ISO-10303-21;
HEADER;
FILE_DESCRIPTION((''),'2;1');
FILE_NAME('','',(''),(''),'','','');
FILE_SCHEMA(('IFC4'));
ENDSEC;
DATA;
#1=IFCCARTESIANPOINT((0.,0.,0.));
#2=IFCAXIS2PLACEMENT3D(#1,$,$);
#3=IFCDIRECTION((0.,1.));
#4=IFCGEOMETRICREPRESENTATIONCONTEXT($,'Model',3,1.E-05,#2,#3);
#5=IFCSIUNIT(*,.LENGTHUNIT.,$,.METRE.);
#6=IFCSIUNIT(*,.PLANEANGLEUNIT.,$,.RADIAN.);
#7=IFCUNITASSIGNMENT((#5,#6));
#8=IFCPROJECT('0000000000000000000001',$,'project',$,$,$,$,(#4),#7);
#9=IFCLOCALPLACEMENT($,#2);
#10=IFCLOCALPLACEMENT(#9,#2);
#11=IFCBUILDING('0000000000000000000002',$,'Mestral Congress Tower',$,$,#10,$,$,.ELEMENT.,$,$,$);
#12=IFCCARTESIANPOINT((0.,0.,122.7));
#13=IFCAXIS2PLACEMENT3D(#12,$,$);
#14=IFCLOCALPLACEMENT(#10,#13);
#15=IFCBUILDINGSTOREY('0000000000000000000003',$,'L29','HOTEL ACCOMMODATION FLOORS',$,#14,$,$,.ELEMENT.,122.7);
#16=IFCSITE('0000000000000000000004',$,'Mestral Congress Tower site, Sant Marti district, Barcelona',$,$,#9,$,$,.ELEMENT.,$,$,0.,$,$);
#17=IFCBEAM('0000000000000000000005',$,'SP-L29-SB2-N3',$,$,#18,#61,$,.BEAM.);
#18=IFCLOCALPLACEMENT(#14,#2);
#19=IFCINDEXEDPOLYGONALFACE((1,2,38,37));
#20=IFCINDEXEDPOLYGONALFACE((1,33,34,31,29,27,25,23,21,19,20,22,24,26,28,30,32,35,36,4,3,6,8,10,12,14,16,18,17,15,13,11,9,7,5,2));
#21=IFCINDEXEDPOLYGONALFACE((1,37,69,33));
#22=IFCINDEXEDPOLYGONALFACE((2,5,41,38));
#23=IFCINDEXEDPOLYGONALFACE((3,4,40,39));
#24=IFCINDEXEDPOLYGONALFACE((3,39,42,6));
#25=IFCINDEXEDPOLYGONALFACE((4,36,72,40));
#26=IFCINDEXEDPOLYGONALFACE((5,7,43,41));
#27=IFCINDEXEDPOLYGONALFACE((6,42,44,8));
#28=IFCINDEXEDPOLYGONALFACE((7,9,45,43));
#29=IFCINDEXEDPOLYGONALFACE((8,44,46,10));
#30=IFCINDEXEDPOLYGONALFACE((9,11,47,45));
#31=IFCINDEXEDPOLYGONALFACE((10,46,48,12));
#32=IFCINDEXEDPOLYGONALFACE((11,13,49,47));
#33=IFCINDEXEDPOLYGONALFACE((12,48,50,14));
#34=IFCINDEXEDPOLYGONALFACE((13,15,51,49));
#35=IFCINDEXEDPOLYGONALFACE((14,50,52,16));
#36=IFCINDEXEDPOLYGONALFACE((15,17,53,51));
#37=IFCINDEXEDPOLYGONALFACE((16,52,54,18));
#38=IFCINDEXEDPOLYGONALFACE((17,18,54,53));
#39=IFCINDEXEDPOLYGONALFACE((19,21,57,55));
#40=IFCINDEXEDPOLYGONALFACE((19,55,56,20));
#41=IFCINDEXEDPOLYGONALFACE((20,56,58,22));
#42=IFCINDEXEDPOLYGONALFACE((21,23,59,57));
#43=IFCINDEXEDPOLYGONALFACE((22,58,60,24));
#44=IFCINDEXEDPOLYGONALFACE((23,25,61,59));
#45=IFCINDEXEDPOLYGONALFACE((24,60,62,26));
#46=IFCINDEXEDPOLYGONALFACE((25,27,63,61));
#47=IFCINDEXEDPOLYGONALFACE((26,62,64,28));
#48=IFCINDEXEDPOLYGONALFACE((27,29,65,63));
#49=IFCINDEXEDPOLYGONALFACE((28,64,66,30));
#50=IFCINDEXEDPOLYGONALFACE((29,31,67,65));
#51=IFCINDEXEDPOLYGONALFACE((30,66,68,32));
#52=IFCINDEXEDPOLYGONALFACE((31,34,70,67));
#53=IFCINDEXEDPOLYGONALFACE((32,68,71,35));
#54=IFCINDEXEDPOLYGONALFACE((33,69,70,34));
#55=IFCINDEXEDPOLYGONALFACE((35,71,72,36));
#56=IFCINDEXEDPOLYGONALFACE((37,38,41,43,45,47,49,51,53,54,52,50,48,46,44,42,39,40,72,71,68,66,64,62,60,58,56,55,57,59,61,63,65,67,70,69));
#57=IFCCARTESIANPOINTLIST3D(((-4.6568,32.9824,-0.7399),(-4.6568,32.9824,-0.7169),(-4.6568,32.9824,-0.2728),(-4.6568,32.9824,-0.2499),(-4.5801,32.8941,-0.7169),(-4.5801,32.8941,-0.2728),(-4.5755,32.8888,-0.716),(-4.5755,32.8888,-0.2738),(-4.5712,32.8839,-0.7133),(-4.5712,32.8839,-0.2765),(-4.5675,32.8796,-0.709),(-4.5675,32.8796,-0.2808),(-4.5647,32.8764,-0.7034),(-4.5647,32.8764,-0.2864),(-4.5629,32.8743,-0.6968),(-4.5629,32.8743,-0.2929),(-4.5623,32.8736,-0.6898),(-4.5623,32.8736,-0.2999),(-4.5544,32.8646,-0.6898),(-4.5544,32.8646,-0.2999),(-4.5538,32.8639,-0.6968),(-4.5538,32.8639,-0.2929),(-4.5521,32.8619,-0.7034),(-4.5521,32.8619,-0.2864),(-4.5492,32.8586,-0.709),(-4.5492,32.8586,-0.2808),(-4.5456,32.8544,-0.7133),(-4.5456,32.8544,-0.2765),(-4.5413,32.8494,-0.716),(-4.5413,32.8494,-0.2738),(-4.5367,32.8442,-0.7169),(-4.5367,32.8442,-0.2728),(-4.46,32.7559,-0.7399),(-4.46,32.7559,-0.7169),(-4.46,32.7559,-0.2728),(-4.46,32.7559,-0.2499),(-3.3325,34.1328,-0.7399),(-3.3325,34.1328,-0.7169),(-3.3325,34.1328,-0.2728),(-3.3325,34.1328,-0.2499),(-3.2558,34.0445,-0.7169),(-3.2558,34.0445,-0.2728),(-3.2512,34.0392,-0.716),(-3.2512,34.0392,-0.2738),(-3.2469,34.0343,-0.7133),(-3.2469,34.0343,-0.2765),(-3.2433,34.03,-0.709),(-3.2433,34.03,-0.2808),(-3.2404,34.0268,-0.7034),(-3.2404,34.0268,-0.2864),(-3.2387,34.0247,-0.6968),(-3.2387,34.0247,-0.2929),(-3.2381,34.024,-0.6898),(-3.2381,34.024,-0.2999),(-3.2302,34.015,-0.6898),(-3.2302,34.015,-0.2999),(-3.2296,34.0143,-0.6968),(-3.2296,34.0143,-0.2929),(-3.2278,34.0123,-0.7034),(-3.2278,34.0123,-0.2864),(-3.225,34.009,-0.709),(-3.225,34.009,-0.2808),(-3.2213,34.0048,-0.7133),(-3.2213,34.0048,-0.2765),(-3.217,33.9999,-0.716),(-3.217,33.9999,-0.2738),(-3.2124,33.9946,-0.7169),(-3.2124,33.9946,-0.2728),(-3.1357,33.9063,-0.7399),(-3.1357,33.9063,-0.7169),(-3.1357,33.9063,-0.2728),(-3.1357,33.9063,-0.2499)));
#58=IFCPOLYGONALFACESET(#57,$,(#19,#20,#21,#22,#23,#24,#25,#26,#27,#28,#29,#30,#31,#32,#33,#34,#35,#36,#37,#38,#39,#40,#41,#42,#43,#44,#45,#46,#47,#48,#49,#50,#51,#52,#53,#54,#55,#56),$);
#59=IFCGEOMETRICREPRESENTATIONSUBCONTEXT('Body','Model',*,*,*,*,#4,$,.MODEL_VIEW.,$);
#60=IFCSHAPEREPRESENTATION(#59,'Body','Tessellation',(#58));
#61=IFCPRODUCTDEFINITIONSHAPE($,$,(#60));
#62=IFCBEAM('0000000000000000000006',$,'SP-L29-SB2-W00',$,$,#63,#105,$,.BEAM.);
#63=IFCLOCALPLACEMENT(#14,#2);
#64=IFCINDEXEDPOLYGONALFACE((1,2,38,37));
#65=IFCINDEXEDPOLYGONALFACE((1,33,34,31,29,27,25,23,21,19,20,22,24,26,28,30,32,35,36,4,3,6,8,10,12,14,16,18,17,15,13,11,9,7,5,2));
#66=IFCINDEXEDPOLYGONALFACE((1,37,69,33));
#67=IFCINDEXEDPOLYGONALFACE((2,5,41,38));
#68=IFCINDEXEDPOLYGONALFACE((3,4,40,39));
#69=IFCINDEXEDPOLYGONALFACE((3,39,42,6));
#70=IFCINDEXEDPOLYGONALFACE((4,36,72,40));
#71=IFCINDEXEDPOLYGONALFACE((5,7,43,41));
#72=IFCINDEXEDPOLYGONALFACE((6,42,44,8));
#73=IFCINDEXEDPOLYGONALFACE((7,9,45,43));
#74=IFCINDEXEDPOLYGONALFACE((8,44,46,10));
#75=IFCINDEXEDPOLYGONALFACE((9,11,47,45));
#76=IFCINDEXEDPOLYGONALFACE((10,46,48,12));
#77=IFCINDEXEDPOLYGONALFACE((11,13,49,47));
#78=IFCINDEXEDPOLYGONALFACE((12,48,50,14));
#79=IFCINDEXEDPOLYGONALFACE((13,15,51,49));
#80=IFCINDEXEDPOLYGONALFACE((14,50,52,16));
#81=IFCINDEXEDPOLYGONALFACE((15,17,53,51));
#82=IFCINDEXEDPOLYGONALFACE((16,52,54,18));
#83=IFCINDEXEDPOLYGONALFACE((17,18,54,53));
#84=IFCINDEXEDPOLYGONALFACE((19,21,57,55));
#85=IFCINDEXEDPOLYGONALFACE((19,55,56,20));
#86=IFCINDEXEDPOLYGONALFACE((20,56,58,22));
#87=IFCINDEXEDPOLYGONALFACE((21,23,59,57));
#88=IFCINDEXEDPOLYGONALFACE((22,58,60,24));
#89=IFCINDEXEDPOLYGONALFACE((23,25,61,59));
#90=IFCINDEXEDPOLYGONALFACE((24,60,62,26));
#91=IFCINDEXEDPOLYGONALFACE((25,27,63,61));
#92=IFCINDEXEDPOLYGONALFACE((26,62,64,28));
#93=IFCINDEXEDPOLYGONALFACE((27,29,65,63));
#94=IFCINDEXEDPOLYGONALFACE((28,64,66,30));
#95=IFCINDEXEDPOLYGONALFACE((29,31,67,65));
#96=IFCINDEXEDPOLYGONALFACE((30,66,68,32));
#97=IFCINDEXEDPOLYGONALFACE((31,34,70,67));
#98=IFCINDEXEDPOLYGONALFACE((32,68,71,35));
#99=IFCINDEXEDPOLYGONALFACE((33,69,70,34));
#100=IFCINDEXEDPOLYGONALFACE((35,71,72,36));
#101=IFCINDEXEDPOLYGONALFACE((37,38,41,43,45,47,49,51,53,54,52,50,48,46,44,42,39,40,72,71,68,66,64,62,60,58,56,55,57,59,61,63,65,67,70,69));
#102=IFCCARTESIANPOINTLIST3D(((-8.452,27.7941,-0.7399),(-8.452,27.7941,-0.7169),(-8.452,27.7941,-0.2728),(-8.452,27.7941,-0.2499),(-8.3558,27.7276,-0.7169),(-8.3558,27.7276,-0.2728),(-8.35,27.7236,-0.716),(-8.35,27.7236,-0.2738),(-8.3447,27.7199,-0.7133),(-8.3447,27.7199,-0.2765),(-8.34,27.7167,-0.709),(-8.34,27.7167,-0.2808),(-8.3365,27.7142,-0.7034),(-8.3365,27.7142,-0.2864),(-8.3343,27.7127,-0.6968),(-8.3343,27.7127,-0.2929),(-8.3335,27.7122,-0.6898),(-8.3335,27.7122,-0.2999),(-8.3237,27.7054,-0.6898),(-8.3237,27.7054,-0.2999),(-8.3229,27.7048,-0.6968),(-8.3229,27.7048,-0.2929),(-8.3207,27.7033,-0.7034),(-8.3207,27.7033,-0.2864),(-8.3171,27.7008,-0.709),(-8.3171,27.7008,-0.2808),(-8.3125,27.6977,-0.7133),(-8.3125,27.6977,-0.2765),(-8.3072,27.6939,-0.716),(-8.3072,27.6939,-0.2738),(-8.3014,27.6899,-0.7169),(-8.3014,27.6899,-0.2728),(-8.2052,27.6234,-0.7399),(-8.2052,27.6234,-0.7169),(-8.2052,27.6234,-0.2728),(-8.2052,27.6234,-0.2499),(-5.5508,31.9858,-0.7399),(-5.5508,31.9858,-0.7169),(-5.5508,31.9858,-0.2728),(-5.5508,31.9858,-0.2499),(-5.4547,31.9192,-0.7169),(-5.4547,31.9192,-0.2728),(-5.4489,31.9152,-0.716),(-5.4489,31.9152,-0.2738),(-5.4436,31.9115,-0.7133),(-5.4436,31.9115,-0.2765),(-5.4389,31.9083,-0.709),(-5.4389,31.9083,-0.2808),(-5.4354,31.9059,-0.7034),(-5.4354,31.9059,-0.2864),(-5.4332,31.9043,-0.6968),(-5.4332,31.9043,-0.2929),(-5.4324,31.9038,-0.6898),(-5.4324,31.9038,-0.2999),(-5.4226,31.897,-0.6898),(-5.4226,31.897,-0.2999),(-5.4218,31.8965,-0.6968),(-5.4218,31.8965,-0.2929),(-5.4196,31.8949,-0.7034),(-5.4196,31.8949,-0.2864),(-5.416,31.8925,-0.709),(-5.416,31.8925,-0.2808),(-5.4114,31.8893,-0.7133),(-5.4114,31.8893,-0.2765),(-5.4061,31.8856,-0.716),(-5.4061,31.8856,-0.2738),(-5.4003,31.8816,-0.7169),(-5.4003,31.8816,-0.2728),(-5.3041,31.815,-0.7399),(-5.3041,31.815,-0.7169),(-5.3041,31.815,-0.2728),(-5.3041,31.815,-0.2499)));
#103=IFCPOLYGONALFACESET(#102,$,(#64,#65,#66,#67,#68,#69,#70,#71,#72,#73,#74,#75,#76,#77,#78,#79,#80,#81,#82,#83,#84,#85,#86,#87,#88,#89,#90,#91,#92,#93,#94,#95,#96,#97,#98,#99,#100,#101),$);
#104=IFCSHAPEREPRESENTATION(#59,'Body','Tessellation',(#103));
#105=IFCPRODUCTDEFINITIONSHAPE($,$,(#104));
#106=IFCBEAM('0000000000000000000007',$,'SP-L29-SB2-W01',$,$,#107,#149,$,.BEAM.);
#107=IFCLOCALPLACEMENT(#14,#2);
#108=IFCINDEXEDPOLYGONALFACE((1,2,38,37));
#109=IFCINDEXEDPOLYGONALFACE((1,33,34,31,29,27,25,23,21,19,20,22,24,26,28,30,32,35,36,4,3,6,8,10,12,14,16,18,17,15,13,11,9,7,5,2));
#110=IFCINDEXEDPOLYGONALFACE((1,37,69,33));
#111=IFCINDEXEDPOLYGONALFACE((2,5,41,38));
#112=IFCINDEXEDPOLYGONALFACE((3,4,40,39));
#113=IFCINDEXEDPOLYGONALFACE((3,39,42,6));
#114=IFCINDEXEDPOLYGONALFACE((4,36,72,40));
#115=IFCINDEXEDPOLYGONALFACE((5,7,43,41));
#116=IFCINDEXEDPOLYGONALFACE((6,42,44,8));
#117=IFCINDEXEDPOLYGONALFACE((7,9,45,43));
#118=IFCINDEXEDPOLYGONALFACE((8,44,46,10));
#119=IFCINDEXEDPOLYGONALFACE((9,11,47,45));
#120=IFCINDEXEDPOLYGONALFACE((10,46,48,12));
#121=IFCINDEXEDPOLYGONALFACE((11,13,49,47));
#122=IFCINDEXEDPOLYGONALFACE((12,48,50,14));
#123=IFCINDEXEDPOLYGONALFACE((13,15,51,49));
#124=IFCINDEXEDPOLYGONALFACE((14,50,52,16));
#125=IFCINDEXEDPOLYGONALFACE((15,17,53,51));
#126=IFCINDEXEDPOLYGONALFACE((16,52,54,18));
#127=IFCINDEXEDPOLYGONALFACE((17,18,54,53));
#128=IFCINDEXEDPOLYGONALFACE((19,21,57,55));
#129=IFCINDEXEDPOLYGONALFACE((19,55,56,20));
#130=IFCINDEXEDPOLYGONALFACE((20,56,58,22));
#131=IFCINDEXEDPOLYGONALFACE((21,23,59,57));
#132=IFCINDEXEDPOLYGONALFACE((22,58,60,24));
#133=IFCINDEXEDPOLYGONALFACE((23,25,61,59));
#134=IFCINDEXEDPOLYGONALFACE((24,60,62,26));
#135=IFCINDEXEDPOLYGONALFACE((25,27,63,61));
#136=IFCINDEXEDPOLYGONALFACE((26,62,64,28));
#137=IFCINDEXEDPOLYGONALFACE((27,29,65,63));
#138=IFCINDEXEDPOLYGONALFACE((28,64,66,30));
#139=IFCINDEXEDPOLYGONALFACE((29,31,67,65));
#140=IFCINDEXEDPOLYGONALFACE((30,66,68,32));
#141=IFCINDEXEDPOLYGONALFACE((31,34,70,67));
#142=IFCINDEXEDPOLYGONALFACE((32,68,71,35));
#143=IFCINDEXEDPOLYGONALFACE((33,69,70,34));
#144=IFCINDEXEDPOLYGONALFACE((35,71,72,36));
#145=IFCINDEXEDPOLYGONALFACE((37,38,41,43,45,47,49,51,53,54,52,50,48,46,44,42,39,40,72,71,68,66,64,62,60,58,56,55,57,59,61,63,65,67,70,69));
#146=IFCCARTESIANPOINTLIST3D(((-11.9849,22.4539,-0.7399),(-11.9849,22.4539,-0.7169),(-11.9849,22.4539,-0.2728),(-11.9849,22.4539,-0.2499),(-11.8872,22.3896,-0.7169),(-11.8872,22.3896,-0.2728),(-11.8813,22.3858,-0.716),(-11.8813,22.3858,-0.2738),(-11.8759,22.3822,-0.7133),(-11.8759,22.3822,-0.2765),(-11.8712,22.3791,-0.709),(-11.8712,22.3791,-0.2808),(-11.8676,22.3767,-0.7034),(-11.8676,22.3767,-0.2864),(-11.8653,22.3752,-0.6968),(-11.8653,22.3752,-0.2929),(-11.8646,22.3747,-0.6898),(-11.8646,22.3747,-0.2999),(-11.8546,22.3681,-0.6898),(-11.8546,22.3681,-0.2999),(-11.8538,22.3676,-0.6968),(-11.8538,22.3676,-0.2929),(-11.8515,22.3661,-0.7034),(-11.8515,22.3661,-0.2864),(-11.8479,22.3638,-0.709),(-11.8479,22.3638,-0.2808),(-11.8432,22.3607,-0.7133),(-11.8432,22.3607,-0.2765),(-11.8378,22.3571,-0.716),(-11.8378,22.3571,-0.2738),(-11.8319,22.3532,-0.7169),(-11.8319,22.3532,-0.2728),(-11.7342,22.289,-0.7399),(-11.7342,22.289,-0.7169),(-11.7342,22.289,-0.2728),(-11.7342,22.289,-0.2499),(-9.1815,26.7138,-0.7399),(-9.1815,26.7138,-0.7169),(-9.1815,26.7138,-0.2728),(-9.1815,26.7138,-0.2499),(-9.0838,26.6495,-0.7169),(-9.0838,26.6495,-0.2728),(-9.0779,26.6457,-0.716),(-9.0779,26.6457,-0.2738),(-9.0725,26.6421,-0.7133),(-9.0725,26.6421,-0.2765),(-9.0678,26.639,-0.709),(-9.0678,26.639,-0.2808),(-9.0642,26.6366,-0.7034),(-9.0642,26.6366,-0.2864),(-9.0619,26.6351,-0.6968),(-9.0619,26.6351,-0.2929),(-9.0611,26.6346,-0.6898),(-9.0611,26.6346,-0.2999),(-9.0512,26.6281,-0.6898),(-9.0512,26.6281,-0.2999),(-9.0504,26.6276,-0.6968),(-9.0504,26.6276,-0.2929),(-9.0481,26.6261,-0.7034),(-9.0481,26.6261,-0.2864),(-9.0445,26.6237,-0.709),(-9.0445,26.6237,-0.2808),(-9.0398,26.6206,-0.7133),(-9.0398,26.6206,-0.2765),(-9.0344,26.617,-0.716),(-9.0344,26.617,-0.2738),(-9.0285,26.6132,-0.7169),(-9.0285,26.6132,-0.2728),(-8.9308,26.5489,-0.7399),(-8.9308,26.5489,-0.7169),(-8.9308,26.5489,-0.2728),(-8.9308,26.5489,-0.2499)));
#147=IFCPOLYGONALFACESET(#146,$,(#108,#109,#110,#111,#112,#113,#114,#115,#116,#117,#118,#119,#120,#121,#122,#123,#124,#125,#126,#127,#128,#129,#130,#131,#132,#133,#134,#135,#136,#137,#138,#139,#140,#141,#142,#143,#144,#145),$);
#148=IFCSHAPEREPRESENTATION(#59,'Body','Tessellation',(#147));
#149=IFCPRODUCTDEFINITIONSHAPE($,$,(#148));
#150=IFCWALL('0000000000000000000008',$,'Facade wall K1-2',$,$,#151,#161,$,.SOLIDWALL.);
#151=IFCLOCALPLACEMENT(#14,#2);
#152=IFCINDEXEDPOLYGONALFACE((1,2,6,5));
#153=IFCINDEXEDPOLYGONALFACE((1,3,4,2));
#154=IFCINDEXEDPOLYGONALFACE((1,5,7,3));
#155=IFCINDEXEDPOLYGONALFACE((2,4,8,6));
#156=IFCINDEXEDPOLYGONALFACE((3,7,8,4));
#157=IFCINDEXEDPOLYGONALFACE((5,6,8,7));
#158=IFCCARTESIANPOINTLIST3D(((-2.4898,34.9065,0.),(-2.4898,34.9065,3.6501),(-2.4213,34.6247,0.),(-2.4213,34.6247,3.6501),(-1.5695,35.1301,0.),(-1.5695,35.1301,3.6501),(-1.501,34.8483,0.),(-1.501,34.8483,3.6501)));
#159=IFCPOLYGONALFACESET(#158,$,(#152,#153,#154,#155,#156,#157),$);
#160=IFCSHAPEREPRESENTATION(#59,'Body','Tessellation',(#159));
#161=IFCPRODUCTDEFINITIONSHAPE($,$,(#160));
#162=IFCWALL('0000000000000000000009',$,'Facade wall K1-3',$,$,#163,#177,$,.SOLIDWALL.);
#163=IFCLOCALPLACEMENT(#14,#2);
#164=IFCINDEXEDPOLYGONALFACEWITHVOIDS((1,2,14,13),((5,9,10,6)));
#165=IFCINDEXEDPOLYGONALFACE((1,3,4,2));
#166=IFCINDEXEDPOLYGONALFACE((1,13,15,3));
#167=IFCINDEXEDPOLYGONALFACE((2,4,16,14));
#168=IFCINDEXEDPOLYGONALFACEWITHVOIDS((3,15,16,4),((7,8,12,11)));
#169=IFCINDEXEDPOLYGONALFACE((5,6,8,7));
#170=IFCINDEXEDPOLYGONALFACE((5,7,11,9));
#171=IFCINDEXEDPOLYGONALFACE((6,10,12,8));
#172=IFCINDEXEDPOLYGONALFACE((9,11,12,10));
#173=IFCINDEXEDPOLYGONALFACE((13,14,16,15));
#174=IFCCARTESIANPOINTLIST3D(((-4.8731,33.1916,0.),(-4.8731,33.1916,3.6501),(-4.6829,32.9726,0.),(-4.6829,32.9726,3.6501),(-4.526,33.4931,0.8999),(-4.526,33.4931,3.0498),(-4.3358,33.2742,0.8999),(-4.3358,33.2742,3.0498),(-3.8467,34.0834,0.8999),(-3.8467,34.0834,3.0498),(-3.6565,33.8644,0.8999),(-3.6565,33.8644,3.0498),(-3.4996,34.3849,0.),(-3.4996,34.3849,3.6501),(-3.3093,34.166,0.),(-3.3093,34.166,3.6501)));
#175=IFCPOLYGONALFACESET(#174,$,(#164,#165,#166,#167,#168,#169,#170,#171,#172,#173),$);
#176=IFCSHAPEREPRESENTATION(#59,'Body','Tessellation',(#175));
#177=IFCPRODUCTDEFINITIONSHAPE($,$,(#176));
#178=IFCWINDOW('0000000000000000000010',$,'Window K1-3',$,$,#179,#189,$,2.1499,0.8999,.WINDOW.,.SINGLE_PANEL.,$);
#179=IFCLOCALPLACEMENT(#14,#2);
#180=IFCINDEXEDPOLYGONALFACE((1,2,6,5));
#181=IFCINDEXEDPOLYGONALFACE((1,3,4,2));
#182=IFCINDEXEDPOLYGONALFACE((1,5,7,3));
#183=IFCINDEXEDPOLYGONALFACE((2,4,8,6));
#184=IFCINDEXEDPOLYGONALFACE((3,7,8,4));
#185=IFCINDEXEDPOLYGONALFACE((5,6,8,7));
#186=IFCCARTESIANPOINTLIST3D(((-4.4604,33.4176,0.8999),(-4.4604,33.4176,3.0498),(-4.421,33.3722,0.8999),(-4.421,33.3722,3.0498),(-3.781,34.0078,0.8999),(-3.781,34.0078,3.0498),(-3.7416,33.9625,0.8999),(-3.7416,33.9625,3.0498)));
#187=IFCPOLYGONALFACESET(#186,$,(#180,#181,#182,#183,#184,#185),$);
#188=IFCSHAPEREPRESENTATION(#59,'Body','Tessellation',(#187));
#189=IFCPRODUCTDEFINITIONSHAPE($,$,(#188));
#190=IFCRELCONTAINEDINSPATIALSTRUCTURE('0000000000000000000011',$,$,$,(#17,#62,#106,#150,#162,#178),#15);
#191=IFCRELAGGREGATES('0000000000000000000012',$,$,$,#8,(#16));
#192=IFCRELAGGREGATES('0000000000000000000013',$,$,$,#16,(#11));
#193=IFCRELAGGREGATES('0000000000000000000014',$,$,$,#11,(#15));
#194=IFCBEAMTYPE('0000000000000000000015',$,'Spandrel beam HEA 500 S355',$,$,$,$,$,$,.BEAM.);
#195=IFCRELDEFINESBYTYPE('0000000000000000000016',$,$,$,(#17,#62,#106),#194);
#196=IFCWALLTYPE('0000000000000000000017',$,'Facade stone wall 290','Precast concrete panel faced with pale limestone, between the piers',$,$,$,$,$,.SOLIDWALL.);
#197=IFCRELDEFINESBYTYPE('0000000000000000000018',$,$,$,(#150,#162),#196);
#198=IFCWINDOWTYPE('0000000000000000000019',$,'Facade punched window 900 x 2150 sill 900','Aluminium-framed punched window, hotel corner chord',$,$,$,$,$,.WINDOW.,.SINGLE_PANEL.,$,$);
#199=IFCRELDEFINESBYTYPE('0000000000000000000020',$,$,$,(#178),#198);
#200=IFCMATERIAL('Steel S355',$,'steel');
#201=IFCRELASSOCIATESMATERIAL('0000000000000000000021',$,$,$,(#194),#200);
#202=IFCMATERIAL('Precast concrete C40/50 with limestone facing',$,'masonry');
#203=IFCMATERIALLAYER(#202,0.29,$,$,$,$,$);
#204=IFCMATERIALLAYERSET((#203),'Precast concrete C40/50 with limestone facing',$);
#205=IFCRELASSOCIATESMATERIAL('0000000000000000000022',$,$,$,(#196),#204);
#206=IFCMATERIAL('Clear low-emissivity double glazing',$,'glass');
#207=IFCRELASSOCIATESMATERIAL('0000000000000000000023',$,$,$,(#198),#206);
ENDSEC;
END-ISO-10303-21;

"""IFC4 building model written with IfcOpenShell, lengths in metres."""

from ifc_helpers import new_model, si_unit, direction, frame, frame_2d, origin, origin_2d, place, context, subcontext, project, spatial, rectangle, i_section, extrude, material, layer, layer_set, material_profile, profile_set, type_object, element, fill, save


model = new_model("IFC4")

# Units and contexts
model_context = context("Model", 3, precision=1e-05, world=origin(), true_north=direction((0.0, 1.0)))
body_context = subcontext(model_context, "Body", "Model", "MODEL_VIEW")
ifc_project = project(units=[si_unit("LENGTHUNIT", "METRE"), si_unit("PLANEANGLEUNIT", "RADIAN")], contexts=[model_context])

# Site, building, storey
site_placement = place(None, origin())
site = spatial("IfcSite", under=ifc_project, at=site_placement, Name="Mestral Congress Tower site, Sant Marti district, Barcelona", CompositionType="ELEMENT", RefElevation=0.0)
building_placement = place(site_placement, origin())
building = spatial("IfcBuilding", under=site, at=building_placement, Name="Mestral Congress Tower", CompositionType="ELEMENT")
storey_placement = place(building_placement, frame((0.0, 0.0, 122.7)))
storey = spatial("IfcBuildingStorey", under=building, at=storey_placement, Name="L29", Description="HOTEL ACCOMMODATION FLOORS", CompositionType="ELEMENT", Elevation=122.7)

# Beams
ifc_material_1 = material(Name="Steel S355", Category="steel")
ifc_material_profile_1 = material_profile(ifc_material_1, i_section(OverallWidth=0.3, OverallDepth=0.49, WebThickness=0.012, FlangeThickness=0.0229, FilletRadius=0.0271, at=origin_2d()), Name="HEA 500")
ifc_profile_set_1 = profile_set([ifc_material_profile_1], Name="Steel S355")
beam_type_1 = type_object("IfcBeamType", Name="Spandrel beam HEA 500 S355", PredefinedType="BEAM", material=ifc_profile_set_1)
beam_1_placement = place(storey_placement, frame((-3.2341, 34.0195, -0.4949), z_axis=(-0.754917, -0.65582, 0.0), x_axis=(0.65582, -0.754917, 0.0)))
element("IfcBeam", 1, at=beam_1_placement, inside=storey, type_object=beam_type_1, Name="SP-L29-SB2-N3", PredefinedType="BEAM", context=body_context, shape_type="SweptSolid", body=[
    extrude(i_section(OverallWidth=0.3, OverallDepth=0.49, WebThickness=0.012, FlangeThickness=0.0229, FilletRadius=0.0271, at=origin_2d()), origin(), (0.0, 0.0, 1.0), 1.7542),
])
beam_2_placement = place(storey_placement, frame((-5.4275, 31.9004, -0.4949), z_axis=(-0.569105, -0.822265, 0.0), x_axis=(0.822265, -0.569105, 0.0)))
element("IfcBeam", 2, at=beam_2_placement, inside=storey, type_object=beam_type_1, Name="SP-L29-SB2-W00", PredefinedType="BEAM", context=body_context, shape_type="SweptSolid", body=[
    extrude(i_section(OverallWidth=0.3, OverallDepth=0.49, WebThickness=0.012, FlangeThickness=0.0229, FilletRadius=0.0271, at=origin_2d()), origin(), (0.0, 0.0, 1.0), 5.0977),
])
beam_3_placement = place(storey_placement, frame((-9.0562, 26.6313, -0.4949), z_axis=(-0.54973, -0.835342, 0.0), x_axis=(0.835342, -0.54973, 0.0)))
element("IfcBeam", 3, at=beam_3_placement, inside=storey, type_object=beam_type_1, Name="SP-L29-SB2-W01", PredefinedType="BEAM", context=body_context, shape_type="SweptSolid", body=[
    extrude(i_section(OverallWidth=0.3, OverallDepth=0.49, WebThickness=0.012, FlangeThickness=0.0229, FilletRadius=0.0271, at=origin_2d()), origin(), (0.0, 0.0, 1.0), 5.0996),
])

# Wall
ifc_material_2 = material(Name="Precast concrete C40/50 with limestone facing", Category="masonry")
ifc_layer_1 = layer(ifc_material_2, 0.29)
ifc_layer_set_1 = layer_set([ifc_layer_1], Name="Precast concrete C40/50 with limestone facing")
wall_type_1 = type_object("IfcWallType", Name="Facade stone wall 290", Description="Precast concrete panel faced with pale limestone, between the piers", PredefinedType="SOLIDWALL", material=ifc_layer_set_1)
wall_1_placement = place(storey_placement, frame((-1.5352, 34.9893, 0.0), z_axis=(0.0, 0.0, 1.0), x_axis=(-0.971714, -0.236161, 0.0)))
element("IfcWall", 4, at=wall_1_placement, inside=storey, type_object=wall_type_1, Name="Facade wall K1-2", PredefinedType="SOLIDWALL", context=body_context, shape_type="SweptSolid", body=[
    extrude(rectangle(XDim=0.947, YDim=0.29, at=frame_2d((0.4736, 0.0))), origin(), (0.0, 0.0, 1.0), 3.6501),
])

# Wall, opening, window
wall_2_placement = place(storey_placement, frame((-3.4045, 34.2754, 0.0), z_axis=(0.0, 0.0, 1.0), x_axis=(-0.754883, -0.65586, 0.0)))
wall_2 = element("IfcWall", 5, at=wall_2_placement, inside=storey, type_object=wall_type_1, Name="Facade wall K1-3", PredefinedType="SOLIDWALL", context=body_context, shape_type="SweptSolid", body=[
    extrude(rectangle(XDim=1.8196, YDim=0.29, at=frame_2d((0.9097, 0.0))), origin(), (0.0, 0.0, 1.0), 3.6501),
])
opening_1_placement = place(wall_2_placement, frame((0.4597, 0.0, 0.8999)))
opening_1 = element("IfcOpeningElement", 6, at=opening_1_placement, cuts=wall_2, PredefinedType="OPENING", context=body_context, shape_type="SweptSolid", body=[
    extrude(rectangle(XDim=0.8999, YDim=2.1499, at=frame_2d((0.45, 1.075))), frame((0.0, 0.155, 0.0), z_axis=(0.0, -1.0, 0.0), x_axis=(1.0, 0.0, 0.0)), (0.0, 0.0, 1.0), 0.3101),
])
ifc_material_3 = material(Name="Clear low-emissivity double glazing", Category="glass")
window_type_1 = type_object("IfcWindowType", Name="Facade punched window 900 x 2150 sill 900", Description="Aluminium-framed punched window, hotel corner chord", PartitioningType="SINGLE_PANEL", PredefinedType="WINDOW", material=ifc_material_3)
window_1_placement = place(opening_1_placement, origin())
window_1 = element("IfcWindow", 7, at=window_1_placement, inside=storey, type_object=window_type_1, Name="Window K1-3", OverallHeight=2.1499, OverallWidth=0.8999, PartitioningType="SINGLE_PANEL", PredefinedType="WINDOW", context=body_context, shape_type="SweptSolid", body=[
    extrude(rectangle(XDim=0.8999, YDim=2.1499, at=frame_2d((0.45, 1.075))), frame((0.0, 0.0151, 0.0), z_axis=(0.0, -1.0, 0.0), x_axis=(1.0, 0.0, 0.0)), (0.0, 0.0, 1.0), 0.0601),
])
fill(opening_1, window_1)

save(model, "model.ifc")
